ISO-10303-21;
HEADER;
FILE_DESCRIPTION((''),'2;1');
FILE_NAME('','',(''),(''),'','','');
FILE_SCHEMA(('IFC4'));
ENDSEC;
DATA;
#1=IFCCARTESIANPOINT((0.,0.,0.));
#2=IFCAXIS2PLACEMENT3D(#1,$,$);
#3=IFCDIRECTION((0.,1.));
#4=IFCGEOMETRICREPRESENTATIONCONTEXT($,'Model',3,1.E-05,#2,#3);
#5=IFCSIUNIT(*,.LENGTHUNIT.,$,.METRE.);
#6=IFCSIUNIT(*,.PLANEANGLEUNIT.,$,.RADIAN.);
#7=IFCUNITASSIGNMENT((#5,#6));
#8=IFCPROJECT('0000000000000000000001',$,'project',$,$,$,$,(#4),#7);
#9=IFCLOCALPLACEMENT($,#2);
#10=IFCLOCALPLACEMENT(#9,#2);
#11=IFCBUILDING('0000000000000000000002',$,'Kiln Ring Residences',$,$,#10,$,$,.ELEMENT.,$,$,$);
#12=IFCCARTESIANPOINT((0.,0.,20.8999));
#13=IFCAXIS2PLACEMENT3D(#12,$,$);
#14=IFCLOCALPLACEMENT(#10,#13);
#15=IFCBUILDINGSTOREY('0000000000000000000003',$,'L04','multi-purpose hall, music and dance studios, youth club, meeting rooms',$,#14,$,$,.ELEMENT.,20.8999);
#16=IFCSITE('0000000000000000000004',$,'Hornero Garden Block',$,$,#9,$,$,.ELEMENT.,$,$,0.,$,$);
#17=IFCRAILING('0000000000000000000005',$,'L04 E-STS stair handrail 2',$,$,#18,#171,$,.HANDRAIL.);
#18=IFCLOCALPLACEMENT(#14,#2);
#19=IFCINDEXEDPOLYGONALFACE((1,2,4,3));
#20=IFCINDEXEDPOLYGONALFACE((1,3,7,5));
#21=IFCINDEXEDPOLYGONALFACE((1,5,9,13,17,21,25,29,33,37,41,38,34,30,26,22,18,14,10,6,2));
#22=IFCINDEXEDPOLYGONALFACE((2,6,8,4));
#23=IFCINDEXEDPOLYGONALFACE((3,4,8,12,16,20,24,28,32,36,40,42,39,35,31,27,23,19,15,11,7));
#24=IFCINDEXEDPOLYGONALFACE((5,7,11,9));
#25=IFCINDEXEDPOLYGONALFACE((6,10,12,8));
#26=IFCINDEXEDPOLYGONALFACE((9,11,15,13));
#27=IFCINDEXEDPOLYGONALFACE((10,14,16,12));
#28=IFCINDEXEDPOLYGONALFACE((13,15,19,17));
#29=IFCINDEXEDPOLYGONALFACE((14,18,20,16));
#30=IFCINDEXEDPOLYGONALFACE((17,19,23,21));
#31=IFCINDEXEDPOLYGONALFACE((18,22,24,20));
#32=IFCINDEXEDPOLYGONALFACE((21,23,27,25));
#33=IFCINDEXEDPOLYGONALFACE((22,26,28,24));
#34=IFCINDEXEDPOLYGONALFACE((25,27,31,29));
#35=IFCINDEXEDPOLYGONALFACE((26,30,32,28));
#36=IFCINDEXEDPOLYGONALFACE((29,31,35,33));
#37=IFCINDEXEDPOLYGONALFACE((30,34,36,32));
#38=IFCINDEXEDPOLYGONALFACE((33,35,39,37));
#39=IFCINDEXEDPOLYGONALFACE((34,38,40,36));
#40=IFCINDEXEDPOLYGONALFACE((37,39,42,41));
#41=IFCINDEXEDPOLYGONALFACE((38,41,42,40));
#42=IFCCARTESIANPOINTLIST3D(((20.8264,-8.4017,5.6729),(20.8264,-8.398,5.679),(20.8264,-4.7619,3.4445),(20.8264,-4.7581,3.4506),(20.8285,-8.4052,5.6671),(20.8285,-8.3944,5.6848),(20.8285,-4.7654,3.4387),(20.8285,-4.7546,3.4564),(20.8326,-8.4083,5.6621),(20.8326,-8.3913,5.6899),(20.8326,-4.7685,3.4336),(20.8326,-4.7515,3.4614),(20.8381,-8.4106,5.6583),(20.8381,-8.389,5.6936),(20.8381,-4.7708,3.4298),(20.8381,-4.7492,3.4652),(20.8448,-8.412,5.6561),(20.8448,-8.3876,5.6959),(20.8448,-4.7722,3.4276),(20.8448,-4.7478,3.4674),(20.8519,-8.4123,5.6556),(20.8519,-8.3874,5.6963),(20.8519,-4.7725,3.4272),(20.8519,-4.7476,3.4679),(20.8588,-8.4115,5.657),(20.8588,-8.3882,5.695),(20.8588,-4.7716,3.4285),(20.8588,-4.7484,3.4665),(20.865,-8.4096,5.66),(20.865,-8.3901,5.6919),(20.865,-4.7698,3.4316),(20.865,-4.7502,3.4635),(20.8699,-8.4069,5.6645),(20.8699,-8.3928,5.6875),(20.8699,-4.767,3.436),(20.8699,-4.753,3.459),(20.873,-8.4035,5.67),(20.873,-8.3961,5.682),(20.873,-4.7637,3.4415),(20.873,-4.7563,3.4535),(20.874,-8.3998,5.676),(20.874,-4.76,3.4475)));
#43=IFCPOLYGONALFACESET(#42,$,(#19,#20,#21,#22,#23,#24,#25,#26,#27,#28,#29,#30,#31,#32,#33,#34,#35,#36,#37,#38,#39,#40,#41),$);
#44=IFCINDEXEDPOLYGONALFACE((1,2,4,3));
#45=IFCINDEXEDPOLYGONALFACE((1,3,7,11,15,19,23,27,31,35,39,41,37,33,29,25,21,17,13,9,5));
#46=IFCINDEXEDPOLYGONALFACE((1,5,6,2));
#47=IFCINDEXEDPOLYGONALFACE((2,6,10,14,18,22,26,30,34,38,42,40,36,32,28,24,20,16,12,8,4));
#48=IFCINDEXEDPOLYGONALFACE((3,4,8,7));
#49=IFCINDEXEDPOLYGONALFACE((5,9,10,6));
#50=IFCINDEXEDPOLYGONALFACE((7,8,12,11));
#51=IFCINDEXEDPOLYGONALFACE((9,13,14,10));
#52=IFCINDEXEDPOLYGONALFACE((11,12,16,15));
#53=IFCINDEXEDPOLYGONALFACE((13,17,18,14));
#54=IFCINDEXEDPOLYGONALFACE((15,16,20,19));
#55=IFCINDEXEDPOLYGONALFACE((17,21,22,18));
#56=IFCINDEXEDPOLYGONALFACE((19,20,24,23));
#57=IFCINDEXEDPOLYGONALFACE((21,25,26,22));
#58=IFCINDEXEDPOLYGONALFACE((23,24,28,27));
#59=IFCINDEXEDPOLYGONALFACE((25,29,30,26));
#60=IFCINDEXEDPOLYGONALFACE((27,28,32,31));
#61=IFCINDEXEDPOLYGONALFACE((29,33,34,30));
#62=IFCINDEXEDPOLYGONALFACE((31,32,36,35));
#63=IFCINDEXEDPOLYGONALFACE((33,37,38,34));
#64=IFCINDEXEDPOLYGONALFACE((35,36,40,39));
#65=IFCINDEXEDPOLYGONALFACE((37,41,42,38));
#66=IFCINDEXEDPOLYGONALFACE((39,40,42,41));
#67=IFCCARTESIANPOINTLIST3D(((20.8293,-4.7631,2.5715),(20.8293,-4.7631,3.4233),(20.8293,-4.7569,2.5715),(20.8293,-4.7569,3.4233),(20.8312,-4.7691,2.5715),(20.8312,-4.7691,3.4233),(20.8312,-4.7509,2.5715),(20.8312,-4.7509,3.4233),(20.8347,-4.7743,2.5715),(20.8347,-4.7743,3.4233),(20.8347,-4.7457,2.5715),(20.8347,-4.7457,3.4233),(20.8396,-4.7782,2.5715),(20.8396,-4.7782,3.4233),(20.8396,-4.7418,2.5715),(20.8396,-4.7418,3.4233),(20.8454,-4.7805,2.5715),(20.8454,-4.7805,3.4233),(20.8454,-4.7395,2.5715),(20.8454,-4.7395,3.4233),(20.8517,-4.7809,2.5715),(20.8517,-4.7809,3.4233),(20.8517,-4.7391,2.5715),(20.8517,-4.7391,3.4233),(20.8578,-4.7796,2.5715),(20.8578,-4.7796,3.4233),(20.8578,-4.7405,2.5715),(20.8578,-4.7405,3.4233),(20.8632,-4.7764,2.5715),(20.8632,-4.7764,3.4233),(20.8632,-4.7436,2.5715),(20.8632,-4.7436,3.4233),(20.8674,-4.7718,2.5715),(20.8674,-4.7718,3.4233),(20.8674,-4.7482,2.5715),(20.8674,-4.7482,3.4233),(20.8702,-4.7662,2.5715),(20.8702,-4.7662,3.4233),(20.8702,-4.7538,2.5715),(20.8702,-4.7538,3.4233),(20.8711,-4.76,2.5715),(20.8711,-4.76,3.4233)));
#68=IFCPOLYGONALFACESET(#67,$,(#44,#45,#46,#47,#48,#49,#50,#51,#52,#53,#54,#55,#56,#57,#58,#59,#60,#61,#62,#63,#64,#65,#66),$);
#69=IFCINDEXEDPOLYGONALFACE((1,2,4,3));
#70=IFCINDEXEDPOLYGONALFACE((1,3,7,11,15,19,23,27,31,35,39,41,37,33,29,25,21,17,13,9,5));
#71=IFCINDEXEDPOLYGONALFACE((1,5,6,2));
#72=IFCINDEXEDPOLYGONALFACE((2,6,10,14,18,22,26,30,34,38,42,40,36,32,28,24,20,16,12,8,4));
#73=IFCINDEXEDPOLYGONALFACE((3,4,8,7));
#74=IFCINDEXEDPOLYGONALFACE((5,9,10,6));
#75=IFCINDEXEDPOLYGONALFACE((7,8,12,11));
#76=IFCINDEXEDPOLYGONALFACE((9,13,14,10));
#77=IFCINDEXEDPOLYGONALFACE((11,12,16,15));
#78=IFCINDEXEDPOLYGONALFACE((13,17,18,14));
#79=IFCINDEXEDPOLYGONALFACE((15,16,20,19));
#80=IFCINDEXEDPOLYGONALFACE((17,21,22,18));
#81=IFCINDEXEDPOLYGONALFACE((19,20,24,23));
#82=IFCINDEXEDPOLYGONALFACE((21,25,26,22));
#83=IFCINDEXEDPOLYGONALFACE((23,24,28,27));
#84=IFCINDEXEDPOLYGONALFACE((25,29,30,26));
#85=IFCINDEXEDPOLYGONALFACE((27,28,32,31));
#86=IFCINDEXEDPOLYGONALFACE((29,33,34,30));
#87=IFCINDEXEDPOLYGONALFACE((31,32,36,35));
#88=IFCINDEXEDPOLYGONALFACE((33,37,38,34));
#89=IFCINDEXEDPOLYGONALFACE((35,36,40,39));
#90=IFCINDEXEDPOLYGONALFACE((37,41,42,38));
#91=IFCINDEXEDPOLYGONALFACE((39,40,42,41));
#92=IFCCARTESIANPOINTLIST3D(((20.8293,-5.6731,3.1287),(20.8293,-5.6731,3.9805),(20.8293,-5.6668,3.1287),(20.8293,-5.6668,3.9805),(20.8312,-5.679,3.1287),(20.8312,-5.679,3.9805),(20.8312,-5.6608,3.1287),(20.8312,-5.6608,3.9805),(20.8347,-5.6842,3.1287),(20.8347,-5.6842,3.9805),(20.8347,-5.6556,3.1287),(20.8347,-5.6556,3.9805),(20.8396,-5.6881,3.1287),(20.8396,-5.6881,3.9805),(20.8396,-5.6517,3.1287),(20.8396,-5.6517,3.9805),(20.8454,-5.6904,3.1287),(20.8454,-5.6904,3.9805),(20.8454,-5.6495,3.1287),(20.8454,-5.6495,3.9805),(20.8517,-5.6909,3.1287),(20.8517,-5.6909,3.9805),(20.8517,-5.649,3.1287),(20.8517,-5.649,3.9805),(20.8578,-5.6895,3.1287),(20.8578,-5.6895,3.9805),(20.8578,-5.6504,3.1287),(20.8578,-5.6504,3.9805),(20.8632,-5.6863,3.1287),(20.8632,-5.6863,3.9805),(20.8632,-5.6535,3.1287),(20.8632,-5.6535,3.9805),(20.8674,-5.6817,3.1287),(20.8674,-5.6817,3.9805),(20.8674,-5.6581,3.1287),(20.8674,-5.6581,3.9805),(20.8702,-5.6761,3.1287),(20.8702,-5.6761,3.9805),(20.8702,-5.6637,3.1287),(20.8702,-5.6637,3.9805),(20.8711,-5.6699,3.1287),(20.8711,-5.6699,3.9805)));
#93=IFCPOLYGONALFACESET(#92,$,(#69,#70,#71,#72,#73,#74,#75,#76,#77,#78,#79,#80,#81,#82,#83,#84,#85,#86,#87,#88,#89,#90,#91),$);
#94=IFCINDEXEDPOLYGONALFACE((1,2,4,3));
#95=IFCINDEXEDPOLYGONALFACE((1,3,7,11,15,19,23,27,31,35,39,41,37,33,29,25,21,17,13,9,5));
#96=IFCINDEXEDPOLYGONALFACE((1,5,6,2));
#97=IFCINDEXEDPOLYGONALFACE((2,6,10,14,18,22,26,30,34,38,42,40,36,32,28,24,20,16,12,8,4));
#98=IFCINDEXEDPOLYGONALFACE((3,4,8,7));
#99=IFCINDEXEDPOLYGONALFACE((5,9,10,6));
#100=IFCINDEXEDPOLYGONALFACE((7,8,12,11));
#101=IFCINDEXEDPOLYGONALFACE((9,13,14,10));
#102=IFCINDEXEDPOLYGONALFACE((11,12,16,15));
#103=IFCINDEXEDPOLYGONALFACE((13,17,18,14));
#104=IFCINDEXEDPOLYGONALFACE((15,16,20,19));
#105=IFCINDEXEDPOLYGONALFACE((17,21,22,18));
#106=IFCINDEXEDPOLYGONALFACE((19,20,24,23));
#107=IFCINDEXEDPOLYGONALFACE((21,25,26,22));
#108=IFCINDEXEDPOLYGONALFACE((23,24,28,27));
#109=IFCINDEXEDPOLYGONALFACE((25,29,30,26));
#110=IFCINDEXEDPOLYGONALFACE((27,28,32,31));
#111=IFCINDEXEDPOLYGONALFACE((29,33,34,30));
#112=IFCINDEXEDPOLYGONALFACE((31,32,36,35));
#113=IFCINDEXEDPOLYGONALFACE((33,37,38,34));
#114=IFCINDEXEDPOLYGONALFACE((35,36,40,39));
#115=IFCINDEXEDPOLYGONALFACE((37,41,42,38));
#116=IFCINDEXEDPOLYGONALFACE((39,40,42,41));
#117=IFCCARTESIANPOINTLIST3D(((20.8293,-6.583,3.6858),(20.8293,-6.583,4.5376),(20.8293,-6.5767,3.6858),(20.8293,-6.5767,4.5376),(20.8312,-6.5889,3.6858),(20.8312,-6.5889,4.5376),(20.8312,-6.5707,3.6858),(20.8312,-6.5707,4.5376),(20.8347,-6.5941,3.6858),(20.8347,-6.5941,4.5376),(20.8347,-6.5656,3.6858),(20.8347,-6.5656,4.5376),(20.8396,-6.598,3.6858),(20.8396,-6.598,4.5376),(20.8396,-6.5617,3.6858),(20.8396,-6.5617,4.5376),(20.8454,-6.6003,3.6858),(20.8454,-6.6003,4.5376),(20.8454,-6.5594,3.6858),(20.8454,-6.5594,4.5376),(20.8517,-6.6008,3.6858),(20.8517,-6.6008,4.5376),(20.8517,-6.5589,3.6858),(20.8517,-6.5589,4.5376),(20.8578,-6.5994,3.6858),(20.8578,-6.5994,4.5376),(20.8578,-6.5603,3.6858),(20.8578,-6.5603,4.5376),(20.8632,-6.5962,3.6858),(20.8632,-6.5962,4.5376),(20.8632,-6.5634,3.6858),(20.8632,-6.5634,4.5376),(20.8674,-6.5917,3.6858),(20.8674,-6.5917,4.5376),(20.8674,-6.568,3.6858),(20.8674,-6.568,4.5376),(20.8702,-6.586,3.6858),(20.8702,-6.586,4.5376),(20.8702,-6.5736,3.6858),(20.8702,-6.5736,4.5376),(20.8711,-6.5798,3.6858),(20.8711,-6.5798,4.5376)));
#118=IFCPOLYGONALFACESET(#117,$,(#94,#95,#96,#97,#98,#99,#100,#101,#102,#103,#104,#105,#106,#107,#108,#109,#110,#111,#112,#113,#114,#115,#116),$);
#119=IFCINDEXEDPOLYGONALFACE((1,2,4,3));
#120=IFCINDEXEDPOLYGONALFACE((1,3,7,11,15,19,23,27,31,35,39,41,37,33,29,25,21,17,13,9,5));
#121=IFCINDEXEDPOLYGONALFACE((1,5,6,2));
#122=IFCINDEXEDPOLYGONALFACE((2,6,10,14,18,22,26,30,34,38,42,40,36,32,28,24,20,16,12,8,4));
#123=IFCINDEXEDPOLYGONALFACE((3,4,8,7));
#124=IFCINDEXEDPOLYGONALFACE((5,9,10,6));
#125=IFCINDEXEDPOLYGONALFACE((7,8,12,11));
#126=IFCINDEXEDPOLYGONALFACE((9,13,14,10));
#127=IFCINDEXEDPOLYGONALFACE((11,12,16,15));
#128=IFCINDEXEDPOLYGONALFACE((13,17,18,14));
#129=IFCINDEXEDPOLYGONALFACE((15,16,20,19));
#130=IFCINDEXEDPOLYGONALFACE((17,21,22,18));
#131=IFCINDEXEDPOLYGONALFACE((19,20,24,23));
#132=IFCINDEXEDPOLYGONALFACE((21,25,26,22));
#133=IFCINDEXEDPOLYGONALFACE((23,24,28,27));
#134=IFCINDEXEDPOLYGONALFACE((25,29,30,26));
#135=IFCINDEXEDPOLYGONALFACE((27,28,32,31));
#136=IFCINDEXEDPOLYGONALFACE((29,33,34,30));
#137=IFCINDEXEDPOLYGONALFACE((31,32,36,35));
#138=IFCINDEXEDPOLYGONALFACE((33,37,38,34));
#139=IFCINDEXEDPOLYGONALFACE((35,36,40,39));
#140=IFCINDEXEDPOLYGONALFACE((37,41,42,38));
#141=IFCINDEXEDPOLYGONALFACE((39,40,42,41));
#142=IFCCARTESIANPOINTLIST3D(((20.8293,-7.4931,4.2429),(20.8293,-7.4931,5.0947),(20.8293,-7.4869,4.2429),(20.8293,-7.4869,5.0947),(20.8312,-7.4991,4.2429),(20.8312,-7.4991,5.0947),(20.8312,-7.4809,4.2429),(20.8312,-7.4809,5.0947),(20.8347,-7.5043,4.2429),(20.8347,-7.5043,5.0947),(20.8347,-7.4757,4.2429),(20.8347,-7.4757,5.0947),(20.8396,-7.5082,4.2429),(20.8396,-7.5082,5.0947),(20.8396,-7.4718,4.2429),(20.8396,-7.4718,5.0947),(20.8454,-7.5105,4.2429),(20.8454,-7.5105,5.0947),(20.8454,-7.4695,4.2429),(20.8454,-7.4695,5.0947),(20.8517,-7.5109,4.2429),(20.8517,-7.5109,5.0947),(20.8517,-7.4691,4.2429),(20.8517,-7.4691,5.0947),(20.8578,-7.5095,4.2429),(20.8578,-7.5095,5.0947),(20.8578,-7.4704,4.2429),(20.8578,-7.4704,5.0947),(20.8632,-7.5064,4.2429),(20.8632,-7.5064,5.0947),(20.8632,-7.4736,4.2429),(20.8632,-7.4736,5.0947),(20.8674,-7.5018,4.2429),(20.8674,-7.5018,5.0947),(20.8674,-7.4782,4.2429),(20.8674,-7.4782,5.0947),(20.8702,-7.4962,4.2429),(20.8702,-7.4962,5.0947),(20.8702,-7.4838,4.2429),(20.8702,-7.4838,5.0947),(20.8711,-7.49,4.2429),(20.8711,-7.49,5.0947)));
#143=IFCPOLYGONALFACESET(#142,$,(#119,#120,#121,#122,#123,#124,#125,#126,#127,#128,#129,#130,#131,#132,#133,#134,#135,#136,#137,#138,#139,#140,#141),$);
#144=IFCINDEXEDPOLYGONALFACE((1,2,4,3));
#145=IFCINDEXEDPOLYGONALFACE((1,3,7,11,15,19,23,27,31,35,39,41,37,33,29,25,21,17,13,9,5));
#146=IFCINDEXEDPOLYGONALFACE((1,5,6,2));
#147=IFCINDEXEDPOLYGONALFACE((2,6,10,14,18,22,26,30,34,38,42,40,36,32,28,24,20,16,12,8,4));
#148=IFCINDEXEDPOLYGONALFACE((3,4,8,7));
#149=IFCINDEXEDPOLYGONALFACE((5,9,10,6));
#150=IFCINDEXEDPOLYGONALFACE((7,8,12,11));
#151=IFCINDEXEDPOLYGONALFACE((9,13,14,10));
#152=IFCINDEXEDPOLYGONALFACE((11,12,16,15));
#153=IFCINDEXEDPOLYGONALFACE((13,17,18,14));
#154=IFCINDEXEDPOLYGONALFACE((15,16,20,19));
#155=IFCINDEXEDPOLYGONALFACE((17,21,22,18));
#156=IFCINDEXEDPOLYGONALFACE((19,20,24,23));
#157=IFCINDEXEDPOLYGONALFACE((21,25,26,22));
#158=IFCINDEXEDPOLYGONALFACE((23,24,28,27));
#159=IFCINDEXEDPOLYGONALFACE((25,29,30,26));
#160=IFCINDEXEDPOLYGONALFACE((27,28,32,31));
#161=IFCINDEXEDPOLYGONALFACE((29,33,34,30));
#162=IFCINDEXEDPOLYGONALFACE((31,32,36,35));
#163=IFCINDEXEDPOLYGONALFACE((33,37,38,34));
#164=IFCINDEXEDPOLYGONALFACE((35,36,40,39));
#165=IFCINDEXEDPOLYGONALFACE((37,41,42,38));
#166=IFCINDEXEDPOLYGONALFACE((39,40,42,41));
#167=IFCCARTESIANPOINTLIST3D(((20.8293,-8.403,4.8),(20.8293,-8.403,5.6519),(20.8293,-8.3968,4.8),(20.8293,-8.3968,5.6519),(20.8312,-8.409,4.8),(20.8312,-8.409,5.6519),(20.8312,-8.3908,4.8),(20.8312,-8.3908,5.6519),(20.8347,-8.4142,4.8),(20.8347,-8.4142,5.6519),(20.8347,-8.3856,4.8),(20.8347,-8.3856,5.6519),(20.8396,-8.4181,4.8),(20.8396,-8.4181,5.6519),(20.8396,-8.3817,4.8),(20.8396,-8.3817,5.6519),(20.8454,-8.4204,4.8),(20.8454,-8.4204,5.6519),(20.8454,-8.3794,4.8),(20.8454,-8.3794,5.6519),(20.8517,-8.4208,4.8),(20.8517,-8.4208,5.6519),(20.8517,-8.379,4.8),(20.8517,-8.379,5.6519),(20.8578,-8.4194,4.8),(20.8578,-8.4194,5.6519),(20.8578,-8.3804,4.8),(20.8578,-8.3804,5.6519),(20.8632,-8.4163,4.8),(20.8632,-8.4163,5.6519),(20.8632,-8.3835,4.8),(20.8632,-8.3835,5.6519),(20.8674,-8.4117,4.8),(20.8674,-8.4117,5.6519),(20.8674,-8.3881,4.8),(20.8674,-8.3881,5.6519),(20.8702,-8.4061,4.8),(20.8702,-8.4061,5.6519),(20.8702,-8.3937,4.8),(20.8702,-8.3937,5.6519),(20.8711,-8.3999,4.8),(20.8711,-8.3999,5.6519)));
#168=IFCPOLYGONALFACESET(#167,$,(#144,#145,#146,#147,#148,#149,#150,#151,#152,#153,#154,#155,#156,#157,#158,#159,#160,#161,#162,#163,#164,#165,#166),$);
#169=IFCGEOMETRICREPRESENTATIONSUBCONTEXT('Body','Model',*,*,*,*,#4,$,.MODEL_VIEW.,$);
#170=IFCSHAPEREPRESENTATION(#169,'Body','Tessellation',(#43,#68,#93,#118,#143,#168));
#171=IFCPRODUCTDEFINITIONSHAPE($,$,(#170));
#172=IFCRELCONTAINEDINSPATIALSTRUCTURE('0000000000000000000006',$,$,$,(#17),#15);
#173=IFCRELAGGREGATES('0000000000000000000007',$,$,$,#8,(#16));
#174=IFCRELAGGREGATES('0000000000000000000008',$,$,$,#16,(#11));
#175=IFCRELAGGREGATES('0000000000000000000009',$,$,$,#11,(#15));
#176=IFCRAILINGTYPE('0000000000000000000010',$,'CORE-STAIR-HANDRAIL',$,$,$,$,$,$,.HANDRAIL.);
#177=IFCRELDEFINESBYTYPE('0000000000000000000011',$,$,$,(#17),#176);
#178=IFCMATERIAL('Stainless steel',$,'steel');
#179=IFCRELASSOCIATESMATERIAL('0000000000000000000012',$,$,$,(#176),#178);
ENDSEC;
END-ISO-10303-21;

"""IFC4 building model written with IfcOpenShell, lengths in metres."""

from ifc_helpers import new_model, si_unit, direction, frame, origin, origin_2d, place, context, subcontext, project, spatial, circle, extrude, material, type_object, element, save


model = new_model("IFC4")

# Units and contexts
model_context = context("Model", 3, precision=1e-05, world=origin(), true_north=direction((0.0, 1.0)))
body_context = subcontext(model_context, "Body", "Model", "MODEL_VIEW")
ifc_project = project(units=[si_unit("LENGTHUNIT", "METRE"), si_unit("PLANEANGLEUNIT", "RADIAN")], contexts=[model_context])

# Site, building, storey
site_placement = place(None, origin())
site = spatial("IfcSite", under=ifc_project, at=site_placement, Name="Hornero Garden Block", CompositionType="ELEMENT", RefElevation=0.0)
building_placement = place(site_placement, origin())
building = spatial("IfcBuilding", under=site, at=building_placement, Name="Kiln Ring Residences", CompositionType="ELEMENT")
storey_placement = place(building_placement, frame((0.0, 0.0, 20.8999)))
storey = spatial("IfcBuildingStorey", under=building, at=storey_placement, Name="L04", Description="multi-purpose hall, music and dance studios, youth club, meeting rooms", CompositionType="ELEMENT", Elevation=20.8999)

# Railing
ifc_material_1 = material(Name="Stainless steel", Category="steel")
railing_type_1 = type_object("IfcRailingType", Name="CORE-STAIR-HANDRAIL", PredefinedType="HANDRAIL", material=ifc_material_1)
railing_1_placement = place(storey_placement, frame((20.8501, -4.76, 2.5715)))
element("IfcRailing", 1, at=railing_1_placement, inside=storey, type_object=railing_type_1, Name="L04 E-STS stair handrail 2", PredefinedType="HANDRAIL", context=body_context, shape_type="SweptSolid", body=[
    extrude(circle(Radius=0.0239, at=origin_2d()), frame((0.0, 0.0, 0.876), z_axis=(0.0, -0.85285, 0.522156), x_axis=(1.0, 0.0, 0.0)), (0.0, 0.0, 1.0), 4.2678),
    extrude(circle(Radius=0.021, at=origin_2d()), origin(), (0.0, 0.0, 1.0), 0.8518),
    extrude(circle(Radius=0.021, at=origin_2d()), frame((0.0, -0.9099, 0.5571)), (0.0, 0.0, 1.0), 0.8518),
    extrude(circle(Radius=0.021, at=origin_2d()), frame((0.0, -1.8198, 1.1143)), (0.0, 0.0, 1.0), 0.8518),
    extrude(circle(Radius=0.021, at=origin_2d()), frame((0.0, -2.73, 1.6714)), (0.0, 0.0, 1.0), 0.8518),
    extrude(circle(Radius=0.021, at=origin_2d()), frame((0.0, -3.6399, 2.2285)), (0.0, 0.0, 1.0), 0.8518),
])

save(model, "model.ifc")
